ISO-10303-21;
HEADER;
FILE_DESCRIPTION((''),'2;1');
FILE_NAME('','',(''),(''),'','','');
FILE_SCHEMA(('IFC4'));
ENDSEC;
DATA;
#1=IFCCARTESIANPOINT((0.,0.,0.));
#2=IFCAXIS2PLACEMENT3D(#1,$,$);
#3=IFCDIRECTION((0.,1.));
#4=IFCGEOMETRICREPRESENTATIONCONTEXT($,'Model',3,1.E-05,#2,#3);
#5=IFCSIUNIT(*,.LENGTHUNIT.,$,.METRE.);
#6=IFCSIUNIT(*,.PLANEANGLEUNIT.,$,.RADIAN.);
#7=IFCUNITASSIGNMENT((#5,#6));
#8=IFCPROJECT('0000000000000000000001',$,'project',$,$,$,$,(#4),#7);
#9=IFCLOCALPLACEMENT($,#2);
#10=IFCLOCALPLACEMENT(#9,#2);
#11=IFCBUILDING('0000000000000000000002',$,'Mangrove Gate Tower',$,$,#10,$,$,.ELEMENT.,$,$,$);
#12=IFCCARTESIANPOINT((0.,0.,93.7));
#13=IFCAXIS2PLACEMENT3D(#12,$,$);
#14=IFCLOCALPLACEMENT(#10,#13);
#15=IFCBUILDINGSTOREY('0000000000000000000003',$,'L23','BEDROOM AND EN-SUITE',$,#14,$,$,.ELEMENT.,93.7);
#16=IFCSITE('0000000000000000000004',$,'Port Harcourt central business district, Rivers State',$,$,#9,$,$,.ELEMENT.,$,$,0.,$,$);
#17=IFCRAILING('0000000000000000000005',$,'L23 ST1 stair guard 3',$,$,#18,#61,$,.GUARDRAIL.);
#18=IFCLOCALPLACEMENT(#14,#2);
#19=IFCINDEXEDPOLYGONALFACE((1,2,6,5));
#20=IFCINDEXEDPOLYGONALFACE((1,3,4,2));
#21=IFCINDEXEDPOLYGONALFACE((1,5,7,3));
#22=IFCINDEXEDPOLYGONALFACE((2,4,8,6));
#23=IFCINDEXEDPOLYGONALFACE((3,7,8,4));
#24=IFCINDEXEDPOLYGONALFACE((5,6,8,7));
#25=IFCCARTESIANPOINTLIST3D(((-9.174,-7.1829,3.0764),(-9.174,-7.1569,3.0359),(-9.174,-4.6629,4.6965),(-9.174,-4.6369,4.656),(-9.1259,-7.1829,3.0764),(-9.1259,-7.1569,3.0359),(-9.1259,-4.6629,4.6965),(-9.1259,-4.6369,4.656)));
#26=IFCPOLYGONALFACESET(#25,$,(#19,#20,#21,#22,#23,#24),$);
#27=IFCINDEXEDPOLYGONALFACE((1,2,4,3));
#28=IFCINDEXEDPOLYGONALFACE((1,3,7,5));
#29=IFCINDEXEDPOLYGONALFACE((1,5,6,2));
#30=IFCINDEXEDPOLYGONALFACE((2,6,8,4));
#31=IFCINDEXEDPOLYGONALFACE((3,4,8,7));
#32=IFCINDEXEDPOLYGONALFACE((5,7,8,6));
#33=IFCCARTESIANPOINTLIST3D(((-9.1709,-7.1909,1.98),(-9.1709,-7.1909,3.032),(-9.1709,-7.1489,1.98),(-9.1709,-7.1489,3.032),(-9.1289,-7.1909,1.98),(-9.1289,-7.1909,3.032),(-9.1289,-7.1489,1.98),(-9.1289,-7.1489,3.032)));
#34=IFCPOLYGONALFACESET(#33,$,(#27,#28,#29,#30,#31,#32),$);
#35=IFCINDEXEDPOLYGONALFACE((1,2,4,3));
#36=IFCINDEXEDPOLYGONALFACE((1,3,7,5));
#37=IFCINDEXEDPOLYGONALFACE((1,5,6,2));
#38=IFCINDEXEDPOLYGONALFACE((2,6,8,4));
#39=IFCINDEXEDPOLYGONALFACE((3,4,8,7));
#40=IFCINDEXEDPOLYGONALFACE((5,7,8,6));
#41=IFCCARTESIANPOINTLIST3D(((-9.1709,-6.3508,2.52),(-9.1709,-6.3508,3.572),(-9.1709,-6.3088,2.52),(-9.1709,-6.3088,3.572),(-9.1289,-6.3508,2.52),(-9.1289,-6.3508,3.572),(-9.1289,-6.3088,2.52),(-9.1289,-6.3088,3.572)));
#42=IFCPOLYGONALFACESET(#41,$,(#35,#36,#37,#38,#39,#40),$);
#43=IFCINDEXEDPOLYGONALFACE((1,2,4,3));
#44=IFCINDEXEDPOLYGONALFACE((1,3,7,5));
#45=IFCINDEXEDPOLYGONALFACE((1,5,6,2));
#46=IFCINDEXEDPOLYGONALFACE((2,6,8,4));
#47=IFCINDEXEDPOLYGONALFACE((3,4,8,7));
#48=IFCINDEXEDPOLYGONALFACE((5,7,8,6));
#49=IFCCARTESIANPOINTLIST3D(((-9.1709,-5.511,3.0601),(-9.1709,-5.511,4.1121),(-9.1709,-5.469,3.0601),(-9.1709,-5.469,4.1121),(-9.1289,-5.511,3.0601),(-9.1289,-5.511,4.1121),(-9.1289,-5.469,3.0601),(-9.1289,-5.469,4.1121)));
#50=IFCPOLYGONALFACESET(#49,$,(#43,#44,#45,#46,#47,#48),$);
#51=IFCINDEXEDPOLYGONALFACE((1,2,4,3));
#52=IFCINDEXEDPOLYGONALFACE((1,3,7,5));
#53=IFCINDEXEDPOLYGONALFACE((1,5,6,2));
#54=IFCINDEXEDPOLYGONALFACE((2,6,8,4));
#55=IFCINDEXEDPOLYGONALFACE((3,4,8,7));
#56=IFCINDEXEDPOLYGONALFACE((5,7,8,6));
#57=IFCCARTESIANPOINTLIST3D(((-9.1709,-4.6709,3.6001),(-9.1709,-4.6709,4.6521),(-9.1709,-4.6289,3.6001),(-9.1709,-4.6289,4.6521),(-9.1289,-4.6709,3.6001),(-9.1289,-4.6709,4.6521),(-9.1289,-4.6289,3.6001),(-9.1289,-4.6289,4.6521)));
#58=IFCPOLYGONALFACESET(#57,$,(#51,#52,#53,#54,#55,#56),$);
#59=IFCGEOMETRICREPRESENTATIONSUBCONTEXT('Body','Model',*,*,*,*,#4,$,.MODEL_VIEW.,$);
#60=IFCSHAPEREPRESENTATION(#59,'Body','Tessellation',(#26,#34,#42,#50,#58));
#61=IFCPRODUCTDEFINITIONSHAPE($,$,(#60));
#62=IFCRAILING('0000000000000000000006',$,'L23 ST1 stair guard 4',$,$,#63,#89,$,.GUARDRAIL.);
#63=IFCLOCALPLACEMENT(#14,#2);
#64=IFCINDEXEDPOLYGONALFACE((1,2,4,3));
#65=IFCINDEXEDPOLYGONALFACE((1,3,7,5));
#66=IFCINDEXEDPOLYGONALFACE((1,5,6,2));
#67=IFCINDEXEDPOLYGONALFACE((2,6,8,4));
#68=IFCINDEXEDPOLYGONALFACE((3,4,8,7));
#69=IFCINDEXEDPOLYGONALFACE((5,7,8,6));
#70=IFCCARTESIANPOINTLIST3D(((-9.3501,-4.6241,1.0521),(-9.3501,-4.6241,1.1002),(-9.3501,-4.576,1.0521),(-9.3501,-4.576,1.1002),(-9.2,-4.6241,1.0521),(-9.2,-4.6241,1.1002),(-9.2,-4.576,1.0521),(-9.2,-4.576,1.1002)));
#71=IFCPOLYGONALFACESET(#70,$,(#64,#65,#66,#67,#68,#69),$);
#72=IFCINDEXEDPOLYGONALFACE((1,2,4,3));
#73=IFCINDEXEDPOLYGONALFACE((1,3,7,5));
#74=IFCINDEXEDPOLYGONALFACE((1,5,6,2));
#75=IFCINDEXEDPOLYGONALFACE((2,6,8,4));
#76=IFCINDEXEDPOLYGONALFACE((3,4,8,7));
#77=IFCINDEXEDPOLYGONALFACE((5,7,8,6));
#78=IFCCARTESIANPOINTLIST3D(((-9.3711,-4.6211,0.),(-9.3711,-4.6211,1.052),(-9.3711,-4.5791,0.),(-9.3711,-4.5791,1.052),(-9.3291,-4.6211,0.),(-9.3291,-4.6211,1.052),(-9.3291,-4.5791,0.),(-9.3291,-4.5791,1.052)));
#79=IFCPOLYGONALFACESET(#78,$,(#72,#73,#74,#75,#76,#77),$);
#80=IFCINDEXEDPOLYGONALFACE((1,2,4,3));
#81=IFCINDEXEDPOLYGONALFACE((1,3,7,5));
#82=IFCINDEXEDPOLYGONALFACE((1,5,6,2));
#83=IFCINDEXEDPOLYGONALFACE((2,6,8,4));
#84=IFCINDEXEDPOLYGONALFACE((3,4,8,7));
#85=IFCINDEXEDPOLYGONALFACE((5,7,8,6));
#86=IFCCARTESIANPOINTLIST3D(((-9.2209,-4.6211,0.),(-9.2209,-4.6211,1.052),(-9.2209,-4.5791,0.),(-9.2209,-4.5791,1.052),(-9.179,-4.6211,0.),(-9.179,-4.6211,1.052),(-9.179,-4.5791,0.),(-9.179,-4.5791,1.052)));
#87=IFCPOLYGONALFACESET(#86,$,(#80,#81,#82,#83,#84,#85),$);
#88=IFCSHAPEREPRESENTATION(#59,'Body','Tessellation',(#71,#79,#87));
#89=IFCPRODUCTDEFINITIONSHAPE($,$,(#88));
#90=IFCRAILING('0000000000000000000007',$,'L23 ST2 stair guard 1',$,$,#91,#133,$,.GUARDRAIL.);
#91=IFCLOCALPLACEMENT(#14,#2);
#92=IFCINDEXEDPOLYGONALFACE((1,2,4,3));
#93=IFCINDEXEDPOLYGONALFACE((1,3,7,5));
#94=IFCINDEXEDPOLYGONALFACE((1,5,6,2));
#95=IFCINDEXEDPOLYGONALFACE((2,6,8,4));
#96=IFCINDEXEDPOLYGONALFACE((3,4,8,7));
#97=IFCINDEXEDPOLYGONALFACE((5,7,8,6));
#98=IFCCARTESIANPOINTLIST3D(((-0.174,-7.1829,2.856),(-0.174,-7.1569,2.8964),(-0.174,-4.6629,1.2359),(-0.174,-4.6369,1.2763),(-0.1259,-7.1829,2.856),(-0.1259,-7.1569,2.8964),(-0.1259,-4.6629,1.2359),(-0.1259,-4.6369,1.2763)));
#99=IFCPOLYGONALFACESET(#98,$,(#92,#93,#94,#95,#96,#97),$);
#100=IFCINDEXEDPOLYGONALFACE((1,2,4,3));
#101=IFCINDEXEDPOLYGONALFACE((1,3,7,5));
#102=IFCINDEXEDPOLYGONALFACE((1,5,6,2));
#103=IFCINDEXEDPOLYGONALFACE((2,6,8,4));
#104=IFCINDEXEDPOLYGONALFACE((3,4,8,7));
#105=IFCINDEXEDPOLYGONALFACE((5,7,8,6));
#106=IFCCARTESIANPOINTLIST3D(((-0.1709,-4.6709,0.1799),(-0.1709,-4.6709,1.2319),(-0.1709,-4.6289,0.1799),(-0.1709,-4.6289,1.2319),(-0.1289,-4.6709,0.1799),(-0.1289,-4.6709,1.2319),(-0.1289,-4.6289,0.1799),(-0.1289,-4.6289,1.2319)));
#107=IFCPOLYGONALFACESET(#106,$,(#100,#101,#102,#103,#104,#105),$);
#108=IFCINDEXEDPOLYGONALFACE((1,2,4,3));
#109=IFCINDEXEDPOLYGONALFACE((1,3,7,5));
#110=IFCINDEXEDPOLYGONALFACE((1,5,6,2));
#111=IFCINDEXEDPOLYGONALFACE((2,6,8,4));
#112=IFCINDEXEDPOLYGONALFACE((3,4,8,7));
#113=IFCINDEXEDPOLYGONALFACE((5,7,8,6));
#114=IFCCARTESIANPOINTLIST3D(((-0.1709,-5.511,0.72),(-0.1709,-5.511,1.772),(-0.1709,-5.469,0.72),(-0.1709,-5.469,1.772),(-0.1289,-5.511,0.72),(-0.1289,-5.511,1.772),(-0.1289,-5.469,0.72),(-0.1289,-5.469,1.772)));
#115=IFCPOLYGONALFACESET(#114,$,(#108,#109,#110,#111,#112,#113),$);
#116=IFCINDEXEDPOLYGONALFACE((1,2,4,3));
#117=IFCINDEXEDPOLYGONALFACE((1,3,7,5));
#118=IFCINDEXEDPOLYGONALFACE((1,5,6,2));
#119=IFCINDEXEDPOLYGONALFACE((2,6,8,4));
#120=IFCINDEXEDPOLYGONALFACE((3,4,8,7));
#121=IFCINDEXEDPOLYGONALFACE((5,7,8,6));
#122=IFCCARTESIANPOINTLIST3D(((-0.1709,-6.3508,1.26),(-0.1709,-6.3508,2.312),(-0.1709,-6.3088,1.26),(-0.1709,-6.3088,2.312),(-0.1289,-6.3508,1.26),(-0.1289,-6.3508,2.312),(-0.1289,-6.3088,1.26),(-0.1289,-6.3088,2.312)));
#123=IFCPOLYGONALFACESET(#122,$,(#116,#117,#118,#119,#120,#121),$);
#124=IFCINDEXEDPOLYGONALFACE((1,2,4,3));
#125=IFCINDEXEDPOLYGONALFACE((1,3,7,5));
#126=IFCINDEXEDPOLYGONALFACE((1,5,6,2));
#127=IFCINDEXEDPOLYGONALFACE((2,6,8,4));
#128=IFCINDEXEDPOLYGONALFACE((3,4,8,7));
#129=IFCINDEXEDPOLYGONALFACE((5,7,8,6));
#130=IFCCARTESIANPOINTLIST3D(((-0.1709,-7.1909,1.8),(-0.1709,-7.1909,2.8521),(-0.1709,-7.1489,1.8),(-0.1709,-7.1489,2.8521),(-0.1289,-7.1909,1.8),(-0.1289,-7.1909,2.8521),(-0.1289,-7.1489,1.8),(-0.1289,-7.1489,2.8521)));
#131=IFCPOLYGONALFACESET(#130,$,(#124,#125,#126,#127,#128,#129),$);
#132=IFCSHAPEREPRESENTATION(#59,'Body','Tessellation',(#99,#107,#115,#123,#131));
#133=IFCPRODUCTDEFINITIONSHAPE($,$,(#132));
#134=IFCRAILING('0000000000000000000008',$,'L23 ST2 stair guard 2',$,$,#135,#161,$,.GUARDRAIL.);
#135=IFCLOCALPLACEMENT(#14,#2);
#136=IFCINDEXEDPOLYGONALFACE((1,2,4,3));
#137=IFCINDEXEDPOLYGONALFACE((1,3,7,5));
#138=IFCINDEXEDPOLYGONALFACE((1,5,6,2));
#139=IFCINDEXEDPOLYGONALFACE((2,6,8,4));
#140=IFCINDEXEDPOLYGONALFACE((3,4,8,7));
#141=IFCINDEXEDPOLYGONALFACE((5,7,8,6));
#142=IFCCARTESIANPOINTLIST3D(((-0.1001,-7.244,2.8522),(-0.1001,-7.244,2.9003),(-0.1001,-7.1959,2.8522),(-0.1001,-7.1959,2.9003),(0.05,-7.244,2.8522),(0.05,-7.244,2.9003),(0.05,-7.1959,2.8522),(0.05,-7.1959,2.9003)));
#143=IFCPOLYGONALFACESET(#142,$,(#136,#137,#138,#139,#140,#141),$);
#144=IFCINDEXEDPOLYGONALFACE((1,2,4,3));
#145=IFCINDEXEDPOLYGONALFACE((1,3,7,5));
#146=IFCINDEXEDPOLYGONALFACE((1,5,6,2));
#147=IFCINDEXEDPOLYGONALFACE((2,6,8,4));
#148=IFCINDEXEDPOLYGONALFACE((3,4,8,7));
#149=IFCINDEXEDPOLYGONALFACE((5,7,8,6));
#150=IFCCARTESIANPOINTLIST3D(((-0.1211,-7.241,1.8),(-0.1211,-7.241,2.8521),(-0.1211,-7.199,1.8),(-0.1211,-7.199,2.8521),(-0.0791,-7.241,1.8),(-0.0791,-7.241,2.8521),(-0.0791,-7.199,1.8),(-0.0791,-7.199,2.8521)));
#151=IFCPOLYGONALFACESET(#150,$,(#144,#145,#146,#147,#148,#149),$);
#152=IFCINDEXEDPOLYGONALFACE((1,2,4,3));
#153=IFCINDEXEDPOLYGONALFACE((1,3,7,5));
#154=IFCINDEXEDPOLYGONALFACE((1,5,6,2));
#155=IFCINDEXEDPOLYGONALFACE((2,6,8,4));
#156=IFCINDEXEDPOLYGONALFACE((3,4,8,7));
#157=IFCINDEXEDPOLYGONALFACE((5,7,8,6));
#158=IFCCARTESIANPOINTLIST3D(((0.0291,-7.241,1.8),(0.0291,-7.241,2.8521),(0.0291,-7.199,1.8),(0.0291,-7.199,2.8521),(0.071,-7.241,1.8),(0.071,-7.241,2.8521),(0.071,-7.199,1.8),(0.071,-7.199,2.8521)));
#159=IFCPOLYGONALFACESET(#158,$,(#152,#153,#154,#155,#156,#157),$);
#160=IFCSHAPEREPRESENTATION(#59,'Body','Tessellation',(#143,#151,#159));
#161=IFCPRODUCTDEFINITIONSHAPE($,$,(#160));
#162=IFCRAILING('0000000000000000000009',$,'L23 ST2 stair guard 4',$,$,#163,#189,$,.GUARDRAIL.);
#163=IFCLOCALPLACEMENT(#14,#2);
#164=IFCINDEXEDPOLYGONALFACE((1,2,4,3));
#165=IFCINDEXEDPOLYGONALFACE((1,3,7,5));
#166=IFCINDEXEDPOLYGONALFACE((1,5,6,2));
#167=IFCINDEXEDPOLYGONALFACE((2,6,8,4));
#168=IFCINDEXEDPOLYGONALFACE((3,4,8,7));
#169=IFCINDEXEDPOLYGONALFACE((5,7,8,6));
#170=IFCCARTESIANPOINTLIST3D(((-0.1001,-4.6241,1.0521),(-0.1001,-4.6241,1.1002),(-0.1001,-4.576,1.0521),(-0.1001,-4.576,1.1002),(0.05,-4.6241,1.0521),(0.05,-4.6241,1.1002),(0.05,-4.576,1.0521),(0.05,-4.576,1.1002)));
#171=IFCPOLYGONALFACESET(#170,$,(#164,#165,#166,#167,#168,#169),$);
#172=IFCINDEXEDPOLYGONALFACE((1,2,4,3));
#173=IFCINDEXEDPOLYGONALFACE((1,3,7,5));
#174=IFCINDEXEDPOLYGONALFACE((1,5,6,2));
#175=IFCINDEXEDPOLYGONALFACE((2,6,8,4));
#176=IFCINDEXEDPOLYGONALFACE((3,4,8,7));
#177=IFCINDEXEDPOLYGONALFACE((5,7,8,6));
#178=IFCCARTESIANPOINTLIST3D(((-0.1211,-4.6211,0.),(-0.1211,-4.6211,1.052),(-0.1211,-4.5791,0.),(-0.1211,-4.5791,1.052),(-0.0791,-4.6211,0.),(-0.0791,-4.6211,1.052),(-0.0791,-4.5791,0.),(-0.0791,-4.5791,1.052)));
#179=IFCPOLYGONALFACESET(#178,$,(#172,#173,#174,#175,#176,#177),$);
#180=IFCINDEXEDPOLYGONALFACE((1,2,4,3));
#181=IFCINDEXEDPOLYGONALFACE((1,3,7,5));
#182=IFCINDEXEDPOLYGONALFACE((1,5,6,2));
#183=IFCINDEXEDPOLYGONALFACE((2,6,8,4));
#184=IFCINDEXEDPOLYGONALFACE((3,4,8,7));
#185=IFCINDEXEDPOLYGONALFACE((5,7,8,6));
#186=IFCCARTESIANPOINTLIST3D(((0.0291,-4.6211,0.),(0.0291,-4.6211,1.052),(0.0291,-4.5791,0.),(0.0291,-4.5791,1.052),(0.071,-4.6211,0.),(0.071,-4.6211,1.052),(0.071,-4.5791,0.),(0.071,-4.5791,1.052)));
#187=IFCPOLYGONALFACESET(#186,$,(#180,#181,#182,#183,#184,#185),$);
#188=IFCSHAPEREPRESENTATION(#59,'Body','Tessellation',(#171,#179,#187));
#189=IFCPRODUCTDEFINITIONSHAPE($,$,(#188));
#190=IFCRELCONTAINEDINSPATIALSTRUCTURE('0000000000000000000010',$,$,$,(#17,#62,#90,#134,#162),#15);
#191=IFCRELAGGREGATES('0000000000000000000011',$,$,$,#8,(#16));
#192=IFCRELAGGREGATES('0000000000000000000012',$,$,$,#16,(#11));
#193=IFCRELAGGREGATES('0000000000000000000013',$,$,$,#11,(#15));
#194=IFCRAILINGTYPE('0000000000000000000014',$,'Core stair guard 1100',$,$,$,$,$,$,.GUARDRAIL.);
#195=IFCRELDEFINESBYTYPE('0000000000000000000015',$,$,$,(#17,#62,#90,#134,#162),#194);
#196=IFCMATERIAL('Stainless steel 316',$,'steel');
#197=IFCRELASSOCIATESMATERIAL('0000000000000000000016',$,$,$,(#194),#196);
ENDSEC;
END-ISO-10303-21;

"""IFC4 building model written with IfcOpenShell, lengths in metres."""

from ifc_helpers import new_model, si_unit, direction, frame, origin, origin_2d, place, context, subcontext, project, spatial, rectangle, extrude, material, type_object, element, save


model = new_model("IFC4")

# Units and contexts
model_context = context("Model", 3, precision=1e-05, world=origin(), true_north=direction((0.0, 1.0)))
body_context = subcontext(model_context, "Body", "Model", "MODEL_VIEW")
ifc_project = project(units=[si_unit("LENGTHUNIT", "METRE"), si_unit("PLANEANGLEUNIT", "RADIAN")], contexts=[model_context])

# Site, building, storey
site_placement = place(None, origin())
site = spatial("IfcSite", under=ifc_project, at=site_placement, Name="Port Harcourt central business district, Rivers State", CompositionType="ELEMENT", RefElevation=0.0)
building_placement = place(site_placement, origin())
building = spatial("IfcBuilding", under=site, at=building_placement, Name="Mangrove Gate Tower", CompositionType="ELEMENT")
storey_placement = place(building_placement, frame((0.0, 0.0, 93.7)))
storey = spatial("IfcBuildingStorey", under=building, at=storey_placement, Name="L23", Description="BEDROOM AND EN-SUITE", CompositionType="ELEMENT", Elevation=93.7)

# Railings
ifc_material_1 = material(Name="Stainless steel 316", Category="steel")
railing_type_1 = type_object("IfcRailingType", Name="Core stair guard 1100", PredefinedType="GUARDRAIL", material=ifc_material_1)
railing_1_placement = place(storey_placement, frame((-9.1499, -7.1699, 1.98)))
element("IfcRailing", 1, at=railing_1_placement, inside=storey, type_object=railing_type_1, Name="L23 ST1 stair guard 3", PredefinedType="GUARDRAIL", context=body_context, shape_type="SweptSolid", body=[
    extrude(rectangle(XDim=0.0481, YDim=0.0481, at=origin_2d()), frame((0.0, 0.0, 1.0762), z_axis=(0.0, 0.841163, 0.540782), x_axis=(-1.0, 0.0, 0.0)), (0.0, 0.0, 1.0), 2.9958),
    extrude(rectangle(XDim=0.042, YDim=0.042, at=origin_2d()), origin(), (0.0, 0.0, 1.0), 1.052),
    extrude(rectangle(XDim=0.042, YDim=0.042, at=origin_2d()), frame((0.0, 0.8401, 0.54)), (0.0, 0.0, 1.0), 1.052),
    extrude(rectangle(XDim=0.042, YDim=0.042, at=origin_2d()), frame((0.0, 1.6799, 1.0801)), (0.0, 0.0, 1.0), 1.052),
    extrude(rectangle(XDim=0.042, YDim=0.042, at=origin_2d()), frame((0.0, 2.52, 1.6201)), (0.0, 0.0, 1.0), 1.052),
])
railing_2_placement = place(storey_placement, frame((-9.3501, -4.6001, 0.0)))
element("IfcRailing", 2, at=railing_2_placement, inside=storey, type_object=railing_type_1, Name="L23 ST1 stair guard 4", PredefinedType="GUARDRAIL", context=body_context, shape_type="SweptSolid", body=[
    extrude(rectangle(XDim=0.0481, YDim=0.0481, at=origin_2d()), frame((0.0, 0.0, 1.0762), z_axis=(1.0, 0.0, 0.0), x_axis=(0.0, 1.0, 0.0)), (0.0, 0.0, 1.0), 0.1501),
    extrude(rectangle(XDim=0.042, YDim=0.042, at=origin_2d()), origin(), (0.0, 0.0, 1.0), 1.052),
    extrude(rectangle(XDim=0.042, YDim=0.042, at=origin_2d()), frame((0.1501, 0.0, 0.0)), (0.0, 0.0, 1.0), 1.052),
])
railing_3_placement = place(storey_placement, frame((-0.1499, -4.6499, 0.1799)))
element("IfcRailing", 3, at=railing_3_placement, inside=storey, type_object=railing_type_1, Name="L23 ST2 stair guard 1", PredefinedType="GUARDRAIL", context=body_context, shape_type="SweptSolid", body=[
    extrude(rectangle(XDim=0.0481, YDim=0.0481, at=origin_2d()), frame((0.0, 0.0, 1.0762), z_axis=(0.0, -0.841163, 0.540782), x_axis=(1.0, 0.0, 0.0)), (0.0, 0.0, 1.0), 2.9958),
    extrude(rectangle(XDim=0.042, YDim=0.042, at=origin_2d()), origin(), (0.0, 0.0, 1.0), 1.052),
    extrude(rectangle(XDim=0.042, YDim=0.042, at=origin_2d()), frame((0.0, -0.8401, 0.54)), (0.0, 0.0, 1.0), 1.052),
    extrude(rectangle(XDim=0.042, YDim=0.042, at=origin_2d()), frame((0.0, -1.6799, 1.0801)), (0.0, 0.0, 1.0), 1.052),
    extrude(rectangle(XDim=0.042, YDim=0.042, at=origin_2d()), frame((0.0, -2.52, 1.6201)), (0.0, 0.0, 1.0), 1.052),
])
for number, where, name in (
    (4, (-0.1001, -7.22, 1.8), "L23 ST2 stair guard 2"),
    (5, (-0.1001, -4.6001, 0.0), "L23 ST2 stair guard 4"),
):
    element("IfcRailing", number, at=place(storey_placement, frame(where)), inside=storey, type_object=railing_type_1, Name=name, PredefinedType="GUARDRAIL", context=body_context, shape_type="SweptSolid", body=[
        extrude(rectangle(XDim=0.0481, YDim=0.0481, at=origin_2d()), frame((0.0, 0.0, 1.0762), z_axis=(1.0, 0.0, 0.0), x_axis=(0.0, 1.0, 0.0)), (0.0, 0.0, 1.0), 0.1501),
        extrude(rectangle(XDim=0.042, YDim=0.042, at=origin_2d()), origin(), (0.0, 0.0, 1.0), 1.052),
        extrude(rectangle(XDim=0.042, YDim=0.042, at=origin_2d()), frame((0.1501, 0.0, 0.0)), (0.0, 0.0, 1.0), 1.052),
    ])

save(model, "model.ifc")
